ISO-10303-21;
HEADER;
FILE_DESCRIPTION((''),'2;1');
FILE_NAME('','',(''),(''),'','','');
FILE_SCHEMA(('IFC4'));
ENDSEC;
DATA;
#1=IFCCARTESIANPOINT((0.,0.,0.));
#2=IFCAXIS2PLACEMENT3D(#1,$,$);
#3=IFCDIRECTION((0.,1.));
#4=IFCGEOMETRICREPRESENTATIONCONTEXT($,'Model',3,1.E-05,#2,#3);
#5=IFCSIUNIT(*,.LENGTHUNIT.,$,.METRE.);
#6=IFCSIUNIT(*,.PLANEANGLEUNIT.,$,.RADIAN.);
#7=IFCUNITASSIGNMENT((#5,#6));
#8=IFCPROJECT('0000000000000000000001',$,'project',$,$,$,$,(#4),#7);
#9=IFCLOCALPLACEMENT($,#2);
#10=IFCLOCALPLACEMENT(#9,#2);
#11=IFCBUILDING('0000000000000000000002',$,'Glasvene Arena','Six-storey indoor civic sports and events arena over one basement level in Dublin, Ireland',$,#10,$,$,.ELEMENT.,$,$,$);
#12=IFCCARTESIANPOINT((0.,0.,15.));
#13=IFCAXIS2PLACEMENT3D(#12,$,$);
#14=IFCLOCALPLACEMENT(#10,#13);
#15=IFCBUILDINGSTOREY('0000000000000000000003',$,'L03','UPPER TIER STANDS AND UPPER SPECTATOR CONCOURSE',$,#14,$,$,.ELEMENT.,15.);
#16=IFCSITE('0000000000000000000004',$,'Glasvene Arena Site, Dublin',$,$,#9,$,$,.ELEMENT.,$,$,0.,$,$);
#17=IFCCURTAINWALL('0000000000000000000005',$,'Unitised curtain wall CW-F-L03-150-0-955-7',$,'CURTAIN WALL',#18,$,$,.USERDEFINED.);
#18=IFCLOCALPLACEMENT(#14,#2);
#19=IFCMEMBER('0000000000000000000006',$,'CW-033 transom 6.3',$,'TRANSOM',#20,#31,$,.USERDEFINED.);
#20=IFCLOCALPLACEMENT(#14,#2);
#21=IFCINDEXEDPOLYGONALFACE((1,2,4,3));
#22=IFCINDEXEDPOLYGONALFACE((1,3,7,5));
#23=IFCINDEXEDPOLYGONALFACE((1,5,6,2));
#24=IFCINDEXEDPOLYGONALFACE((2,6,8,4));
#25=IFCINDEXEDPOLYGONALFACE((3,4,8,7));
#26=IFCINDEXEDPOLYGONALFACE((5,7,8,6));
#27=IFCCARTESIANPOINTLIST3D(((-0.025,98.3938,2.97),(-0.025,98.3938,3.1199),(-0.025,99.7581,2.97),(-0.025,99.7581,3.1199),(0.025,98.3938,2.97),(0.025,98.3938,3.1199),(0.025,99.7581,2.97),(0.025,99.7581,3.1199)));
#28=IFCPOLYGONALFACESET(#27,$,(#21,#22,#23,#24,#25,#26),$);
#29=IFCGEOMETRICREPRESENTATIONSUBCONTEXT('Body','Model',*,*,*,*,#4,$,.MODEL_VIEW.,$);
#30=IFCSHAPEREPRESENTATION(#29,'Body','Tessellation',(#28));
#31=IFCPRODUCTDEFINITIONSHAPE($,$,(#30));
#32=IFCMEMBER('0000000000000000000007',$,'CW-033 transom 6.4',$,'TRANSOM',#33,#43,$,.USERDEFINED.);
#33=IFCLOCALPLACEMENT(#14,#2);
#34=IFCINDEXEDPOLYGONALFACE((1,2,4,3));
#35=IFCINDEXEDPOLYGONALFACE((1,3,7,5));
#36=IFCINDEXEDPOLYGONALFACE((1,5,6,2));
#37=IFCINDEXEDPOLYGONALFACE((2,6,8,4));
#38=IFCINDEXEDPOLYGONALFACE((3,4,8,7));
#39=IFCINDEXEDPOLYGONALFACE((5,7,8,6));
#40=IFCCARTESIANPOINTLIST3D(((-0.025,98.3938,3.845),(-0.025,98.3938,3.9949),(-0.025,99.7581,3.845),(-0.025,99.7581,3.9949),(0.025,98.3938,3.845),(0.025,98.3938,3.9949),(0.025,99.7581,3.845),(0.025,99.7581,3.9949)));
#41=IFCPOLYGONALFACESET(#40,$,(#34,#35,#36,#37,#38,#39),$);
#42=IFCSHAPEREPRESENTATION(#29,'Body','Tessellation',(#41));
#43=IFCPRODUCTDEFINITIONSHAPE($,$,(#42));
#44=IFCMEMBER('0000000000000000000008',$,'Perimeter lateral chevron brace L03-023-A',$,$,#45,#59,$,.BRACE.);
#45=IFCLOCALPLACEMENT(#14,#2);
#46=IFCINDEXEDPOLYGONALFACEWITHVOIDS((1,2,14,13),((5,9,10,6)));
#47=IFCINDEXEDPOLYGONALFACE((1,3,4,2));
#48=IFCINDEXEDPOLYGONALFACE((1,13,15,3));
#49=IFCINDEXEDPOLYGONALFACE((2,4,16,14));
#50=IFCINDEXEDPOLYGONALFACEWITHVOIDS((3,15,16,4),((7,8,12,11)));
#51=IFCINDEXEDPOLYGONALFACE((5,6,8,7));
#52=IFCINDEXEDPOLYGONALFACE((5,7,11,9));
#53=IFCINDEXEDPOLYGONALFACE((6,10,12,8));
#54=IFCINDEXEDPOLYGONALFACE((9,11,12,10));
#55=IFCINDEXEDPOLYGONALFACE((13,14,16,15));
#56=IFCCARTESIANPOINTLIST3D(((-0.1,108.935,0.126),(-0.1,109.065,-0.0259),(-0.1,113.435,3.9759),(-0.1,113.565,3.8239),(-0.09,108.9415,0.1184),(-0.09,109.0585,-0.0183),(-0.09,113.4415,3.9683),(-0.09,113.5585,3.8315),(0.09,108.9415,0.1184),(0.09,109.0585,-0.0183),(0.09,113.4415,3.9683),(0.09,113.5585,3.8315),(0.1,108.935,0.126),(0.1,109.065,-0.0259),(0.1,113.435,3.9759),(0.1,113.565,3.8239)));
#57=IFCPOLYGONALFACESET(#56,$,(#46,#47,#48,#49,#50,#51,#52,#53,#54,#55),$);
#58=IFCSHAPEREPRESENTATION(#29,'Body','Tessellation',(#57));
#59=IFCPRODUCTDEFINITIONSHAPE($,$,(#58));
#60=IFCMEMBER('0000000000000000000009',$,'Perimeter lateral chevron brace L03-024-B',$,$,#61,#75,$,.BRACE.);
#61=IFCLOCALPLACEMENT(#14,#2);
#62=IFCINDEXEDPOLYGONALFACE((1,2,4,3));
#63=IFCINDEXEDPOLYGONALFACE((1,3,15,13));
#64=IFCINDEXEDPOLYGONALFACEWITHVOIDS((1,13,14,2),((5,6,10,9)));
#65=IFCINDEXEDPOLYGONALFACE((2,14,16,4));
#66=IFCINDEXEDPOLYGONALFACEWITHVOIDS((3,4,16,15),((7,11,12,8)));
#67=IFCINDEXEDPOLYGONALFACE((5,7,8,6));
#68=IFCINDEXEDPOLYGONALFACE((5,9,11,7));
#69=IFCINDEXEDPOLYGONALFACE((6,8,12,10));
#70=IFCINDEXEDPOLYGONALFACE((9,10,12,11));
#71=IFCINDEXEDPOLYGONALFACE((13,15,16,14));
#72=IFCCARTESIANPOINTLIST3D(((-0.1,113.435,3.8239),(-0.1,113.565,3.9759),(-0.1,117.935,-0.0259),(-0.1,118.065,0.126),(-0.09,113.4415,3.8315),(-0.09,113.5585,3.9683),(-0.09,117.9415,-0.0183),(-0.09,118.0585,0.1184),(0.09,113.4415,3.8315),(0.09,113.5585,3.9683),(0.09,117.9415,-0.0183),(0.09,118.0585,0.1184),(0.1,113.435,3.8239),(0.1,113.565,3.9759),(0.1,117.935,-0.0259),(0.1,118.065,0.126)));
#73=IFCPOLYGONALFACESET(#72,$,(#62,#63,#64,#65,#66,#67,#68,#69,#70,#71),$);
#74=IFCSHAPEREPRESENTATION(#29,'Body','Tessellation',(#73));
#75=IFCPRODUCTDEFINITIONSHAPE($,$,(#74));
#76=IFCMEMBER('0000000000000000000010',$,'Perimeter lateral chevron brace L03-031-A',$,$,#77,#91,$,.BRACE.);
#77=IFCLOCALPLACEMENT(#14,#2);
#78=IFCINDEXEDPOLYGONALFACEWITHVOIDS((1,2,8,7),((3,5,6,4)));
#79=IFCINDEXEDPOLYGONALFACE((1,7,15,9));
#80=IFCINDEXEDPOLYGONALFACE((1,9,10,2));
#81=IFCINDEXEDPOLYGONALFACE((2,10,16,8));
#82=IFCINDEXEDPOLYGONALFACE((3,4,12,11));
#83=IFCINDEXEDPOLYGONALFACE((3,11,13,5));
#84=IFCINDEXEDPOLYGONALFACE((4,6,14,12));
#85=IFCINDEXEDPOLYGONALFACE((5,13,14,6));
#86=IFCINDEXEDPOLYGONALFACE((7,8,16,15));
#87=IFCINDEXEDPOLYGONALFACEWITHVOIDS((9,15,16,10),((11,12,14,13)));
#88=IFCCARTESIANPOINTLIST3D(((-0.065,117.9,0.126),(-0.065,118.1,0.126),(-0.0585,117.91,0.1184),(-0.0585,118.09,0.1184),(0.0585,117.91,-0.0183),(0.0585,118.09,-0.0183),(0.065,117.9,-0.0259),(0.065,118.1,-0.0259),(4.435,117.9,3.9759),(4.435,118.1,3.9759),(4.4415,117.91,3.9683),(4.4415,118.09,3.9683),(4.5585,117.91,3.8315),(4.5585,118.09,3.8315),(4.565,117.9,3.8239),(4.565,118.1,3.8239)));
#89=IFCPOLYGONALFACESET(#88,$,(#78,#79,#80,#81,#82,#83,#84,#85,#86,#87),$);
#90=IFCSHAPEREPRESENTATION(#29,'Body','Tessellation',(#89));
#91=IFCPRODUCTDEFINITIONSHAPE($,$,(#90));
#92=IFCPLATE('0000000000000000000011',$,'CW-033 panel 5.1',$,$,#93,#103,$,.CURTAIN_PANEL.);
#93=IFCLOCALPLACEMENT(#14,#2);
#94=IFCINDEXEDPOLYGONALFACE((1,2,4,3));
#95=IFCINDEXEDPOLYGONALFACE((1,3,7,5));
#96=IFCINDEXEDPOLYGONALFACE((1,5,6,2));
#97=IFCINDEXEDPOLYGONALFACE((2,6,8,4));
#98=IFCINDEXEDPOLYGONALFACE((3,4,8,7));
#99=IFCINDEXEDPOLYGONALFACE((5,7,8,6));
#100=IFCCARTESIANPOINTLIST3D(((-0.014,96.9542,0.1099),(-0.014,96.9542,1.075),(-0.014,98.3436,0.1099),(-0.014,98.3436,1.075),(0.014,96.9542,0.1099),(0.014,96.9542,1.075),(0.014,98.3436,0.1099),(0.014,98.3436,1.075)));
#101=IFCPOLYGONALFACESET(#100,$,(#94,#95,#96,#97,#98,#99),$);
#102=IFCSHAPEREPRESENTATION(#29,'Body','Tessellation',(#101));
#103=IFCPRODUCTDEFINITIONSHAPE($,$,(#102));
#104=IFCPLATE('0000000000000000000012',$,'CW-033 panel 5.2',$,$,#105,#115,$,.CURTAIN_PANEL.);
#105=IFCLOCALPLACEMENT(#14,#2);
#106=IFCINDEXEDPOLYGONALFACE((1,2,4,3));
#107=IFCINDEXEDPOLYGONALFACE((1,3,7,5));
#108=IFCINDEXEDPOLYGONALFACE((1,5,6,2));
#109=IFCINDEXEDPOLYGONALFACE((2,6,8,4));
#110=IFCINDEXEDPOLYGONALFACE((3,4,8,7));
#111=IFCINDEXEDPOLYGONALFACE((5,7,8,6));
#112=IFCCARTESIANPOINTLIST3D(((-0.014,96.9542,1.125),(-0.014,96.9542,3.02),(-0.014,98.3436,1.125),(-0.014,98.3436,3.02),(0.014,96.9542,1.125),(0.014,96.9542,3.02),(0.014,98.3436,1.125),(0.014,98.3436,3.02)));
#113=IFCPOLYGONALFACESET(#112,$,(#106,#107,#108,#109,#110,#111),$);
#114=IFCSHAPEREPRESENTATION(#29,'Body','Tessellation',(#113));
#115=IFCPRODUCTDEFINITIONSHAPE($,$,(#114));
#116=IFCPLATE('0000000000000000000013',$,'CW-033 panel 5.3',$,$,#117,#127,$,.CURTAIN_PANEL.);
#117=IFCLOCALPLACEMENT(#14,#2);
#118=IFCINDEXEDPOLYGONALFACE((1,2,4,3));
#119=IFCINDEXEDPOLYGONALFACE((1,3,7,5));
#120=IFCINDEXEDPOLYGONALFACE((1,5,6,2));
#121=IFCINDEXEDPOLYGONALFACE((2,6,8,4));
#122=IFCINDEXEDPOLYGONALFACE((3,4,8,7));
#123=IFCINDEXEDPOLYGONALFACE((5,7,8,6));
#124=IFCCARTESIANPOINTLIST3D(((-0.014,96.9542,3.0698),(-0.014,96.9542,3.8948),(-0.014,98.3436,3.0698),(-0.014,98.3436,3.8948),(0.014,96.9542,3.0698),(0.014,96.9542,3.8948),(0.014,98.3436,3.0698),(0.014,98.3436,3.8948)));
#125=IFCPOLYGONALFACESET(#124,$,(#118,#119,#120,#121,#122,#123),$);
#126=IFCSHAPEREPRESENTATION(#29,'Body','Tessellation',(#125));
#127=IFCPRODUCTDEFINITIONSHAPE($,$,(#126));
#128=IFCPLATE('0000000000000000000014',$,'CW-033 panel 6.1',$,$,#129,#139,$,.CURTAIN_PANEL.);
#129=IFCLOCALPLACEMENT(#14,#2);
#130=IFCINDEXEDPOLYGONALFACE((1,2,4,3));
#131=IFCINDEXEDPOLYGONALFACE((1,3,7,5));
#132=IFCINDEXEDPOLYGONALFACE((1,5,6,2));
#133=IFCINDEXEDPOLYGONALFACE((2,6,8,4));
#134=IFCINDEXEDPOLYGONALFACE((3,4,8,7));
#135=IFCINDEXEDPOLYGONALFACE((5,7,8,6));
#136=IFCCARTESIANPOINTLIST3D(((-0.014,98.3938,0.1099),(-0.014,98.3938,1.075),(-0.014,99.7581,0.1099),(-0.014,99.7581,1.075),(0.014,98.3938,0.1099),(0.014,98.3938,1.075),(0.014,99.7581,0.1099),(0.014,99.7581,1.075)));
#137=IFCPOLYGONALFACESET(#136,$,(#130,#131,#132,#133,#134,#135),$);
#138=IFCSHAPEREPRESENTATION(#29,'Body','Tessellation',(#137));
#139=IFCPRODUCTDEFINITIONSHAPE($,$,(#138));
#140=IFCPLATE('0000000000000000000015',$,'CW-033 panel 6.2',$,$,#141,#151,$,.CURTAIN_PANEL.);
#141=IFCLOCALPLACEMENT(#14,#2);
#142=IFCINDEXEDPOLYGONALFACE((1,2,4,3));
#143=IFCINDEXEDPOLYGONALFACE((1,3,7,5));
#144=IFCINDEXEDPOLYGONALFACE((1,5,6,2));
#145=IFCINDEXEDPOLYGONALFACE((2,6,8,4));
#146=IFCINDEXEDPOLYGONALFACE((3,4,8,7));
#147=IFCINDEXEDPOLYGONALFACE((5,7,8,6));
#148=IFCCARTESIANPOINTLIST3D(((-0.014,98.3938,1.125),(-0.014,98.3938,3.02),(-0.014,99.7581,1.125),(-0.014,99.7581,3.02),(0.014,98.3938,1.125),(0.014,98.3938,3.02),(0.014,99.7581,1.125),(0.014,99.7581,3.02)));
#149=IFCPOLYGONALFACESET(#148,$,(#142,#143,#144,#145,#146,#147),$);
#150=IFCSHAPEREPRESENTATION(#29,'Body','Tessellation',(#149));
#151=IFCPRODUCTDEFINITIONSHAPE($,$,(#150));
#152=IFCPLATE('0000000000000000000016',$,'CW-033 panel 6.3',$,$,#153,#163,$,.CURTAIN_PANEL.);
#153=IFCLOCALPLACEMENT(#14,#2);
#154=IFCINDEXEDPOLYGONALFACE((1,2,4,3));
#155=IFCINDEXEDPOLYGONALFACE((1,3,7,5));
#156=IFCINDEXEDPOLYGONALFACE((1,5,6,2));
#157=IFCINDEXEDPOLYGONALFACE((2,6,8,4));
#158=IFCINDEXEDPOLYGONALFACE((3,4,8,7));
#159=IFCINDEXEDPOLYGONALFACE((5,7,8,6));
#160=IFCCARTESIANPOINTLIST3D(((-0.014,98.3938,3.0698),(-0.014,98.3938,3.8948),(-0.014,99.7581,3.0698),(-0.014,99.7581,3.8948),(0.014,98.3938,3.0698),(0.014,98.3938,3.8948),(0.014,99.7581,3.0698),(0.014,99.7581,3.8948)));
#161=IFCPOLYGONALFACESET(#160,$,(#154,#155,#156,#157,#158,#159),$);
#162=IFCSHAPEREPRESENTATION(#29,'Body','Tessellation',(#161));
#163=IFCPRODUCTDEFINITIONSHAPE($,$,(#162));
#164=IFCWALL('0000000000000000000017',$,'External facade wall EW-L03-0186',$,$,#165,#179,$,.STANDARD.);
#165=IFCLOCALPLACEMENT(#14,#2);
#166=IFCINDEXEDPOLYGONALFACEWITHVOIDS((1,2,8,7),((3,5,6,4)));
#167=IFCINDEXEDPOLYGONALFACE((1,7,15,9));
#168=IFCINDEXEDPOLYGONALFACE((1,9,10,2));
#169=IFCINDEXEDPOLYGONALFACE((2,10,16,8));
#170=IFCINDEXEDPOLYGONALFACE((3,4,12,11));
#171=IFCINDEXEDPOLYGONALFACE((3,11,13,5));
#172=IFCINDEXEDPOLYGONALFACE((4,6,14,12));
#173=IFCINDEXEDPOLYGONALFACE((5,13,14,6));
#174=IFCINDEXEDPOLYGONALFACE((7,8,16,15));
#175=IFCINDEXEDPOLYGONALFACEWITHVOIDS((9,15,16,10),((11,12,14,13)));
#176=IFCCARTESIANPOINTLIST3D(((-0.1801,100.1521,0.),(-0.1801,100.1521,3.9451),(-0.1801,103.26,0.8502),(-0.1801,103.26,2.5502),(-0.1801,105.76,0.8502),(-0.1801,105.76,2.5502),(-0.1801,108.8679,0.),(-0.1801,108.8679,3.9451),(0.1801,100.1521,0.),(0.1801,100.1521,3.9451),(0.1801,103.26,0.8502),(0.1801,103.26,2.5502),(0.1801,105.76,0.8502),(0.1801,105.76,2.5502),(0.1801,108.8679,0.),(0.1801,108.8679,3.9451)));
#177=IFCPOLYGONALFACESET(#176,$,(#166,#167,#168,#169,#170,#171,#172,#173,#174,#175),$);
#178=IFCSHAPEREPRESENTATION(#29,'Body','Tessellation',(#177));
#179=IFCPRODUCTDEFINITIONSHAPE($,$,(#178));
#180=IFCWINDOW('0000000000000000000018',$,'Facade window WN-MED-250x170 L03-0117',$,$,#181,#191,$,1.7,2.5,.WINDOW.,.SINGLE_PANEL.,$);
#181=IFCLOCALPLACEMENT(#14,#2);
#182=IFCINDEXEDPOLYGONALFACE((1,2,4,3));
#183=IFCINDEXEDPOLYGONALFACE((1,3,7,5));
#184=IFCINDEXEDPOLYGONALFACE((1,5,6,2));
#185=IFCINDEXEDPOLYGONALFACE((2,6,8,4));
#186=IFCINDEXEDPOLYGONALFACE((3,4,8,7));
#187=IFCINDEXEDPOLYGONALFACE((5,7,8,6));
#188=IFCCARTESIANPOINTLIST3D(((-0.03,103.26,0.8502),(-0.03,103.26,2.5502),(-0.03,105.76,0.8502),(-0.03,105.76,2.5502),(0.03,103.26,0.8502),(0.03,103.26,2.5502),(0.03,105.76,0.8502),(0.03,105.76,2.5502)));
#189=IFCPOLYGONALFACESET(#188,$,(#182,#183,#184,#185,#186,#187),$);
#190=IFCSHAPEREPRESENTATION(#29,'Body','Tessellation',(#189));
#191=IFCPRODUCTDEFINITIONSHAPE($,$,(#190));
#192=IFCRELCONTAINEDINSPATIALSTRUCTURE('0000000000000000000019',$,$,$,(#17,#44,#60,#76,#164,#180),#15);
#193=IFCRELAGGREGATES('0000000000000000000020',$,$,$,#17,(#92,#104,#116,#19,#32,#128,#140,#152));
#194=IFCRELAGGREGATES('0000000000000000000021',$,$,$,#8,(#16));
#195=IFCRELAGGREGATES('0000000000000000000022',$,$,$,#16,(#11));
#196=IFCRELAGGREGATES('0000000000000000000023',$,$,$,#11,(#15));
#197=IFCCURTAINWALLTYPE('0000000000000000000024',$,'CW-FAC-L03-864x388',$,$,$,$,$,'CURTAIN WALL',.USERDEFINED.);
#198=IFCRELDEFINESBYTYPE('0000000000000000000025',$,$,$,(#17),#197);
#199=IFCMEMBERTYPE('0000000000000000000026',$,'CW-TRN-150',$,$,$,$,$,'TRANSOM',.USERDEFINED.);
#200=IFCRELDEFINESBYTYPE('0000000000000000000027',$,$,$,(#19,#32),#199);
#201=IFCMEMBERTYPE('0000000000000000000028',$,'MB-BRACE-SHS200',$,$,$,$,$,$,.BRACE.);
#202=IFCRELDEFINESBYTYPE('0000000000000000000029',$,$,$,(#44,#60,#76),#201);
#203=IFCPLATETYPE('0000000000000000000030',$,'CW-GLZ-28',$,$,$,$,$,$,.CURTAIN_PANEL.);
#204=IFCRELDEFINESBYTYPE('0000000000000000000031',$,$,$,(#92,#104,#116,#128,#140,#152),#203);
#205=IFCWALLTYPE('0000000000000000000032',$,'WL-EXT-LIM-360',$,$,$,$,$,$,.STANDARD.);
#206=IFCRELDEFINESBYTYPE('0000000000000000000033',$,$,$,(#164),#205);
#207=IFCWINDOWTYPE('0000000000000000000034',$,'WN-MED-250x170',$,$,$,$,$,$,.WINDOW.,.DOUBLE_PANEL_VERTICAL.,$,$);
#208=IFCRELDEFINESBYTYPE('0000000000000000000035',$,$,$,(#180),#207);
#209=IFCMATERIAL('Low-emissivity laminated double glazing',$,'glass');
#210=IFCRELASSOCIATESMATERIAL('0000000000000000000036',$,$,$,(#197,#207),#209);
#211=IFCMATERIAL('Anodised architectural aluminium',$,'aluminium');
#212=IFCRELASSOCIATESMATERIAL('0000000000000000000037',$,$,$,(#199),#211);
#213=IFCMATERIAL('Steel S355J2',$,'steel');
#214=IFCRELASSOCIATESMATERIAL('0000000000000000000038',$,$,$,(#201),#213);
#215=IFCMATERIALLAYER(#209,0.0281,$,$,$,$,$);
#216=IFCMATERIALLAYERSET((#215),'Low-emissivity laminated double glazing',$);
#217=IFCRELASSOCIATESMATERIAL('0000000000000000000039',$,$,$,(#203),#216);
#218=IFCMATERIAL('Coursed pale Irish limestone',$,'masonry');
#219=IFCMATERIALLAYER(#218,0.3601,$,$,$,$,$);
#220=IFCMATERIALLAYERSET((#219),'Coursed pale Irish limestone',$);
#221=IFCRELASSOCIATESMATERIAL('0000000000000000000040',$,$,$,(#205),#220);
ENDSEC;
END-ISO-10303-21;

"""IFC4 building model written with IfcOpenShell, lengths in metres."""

from ifc_helpers import new_model, si_unit, direction, frame, frame_2d, origin, origin_2d, place, context, subcontext, project, spatial, rectangle, hollow_rectangle, extrude, material, layer, layer_set, material_profile, profile_set, type_object, element, fill, aggregate, save


model = new_model("IFC4")

# Units and contexts
model_context = context("Model", 3, precision=1e-05, world=origin(), true_north=direction((0.0, 1.0)))
body_context = subcontext(model_context, "Body", "Model", "MODEL_VIEW")
ifc_project = project(units=[si_unit("LENGTHUNIT", "METRE"), si_unit("PLANEANGLEUNIT", "RADIAN")], contexts=[model_context])

# Site, building, storey
site_placement = place(None, origin())
site = spatial("IfcSite", under=ifc_project, at=site_placement, Name="Glasvene Arena Site, Dublin", CompositionType="ELEMENT", RefElevation=0.0)
building_placement = place(site_placement, origin())
building = spatial("IfcBuilding", under=site, at=building_placement, Name="Glasvene Arena", Description="Six-storey indoor civic sports and events arena over one basement level in Dublin, Ireland", CompositionType="ELEMENT")
storey_placement = place(building_placement, frame((0.0, 0.0, 15.0)))
storey = spatial("IfcBuildingStorey", under=building, at=storey_placement, Name="L03", Description="UPPER TIER STANDS AND UPPER SPECTATOR CONCOURSE", CompositionType="ELEMENT", Elevation=15.0)

# Shared definitions
ifc_material_1 = material(Name="Steel S355J2", Category="steel")

# Curtain wall, members
ifc_material_2 = material(Name="Low-emissivity laminated double glazing", Category="glass")
curtain_wall_type = type_object("IfcCurtainWallType", Name="CW-FAC-L03-864x388", ElementType="CURTAIN WALL", PredefinedType="USERDEFINED", material=ifc_material_2)
curtain_wall_placement = place(storey_placement, frame((0.0, 91.1721, 0.0)))
curtain_wall = element("IfcCurtainWall", 1, at=curtain_wall_placement, inside=storey, type_object=curtain_wall_type, Name="Unitised curtain wall CW-F-L03-150-0-955-7", ObjectType="CURTAIN WALL", PredefinedType="USERDEFINED")
ifc_material_3 = material(Name="Anodised architectural aluminium", Category="aluminium")
ifc_material_profile_1 = material_profile(ifc_material_3, rectangle(XDim=0.05, YDim=0.1499, at=origin_2d()), Name="ALU TRANSOM 50x150")
ifc_profile_set_1 = profile_set([ifc_material_profile_1], Name="Anodised architectural aluminium")
member_type_1 = type_object("IfcMemberType", Name="CW-TRN-150", ElementType="TRANSOM", PredefinedType="USERDEFINED", material=ifc_profile_set_1)
member_1_placement = place(storey_placement, frame((0.0, 98.3938, 3.0449), z_axis=(0.0, 1.0, 0.0), x_axis=(-1.0, 0.0, 0.0)))
member_1 = element("IfcMember", 2, at=member_1_placement, type_object=member_type_1, Name="CW-033 transom 6.3", ObjectType="TRANSOM", PredefinedType="USERDEFINED", context=body_context, shape_type="SweptSolid", body=[
    extrude(rectangle(XDim=0.05, YDim=0.1499, at=origin_2d()), origin(), (0.0, 0.0, 1.0), 1.3643),
])
member_2_placement = place(storey_placement, frame((0.0, 98.3938, 3.9199), z_axis=(0.0, 1.0, 0.0), x_axis=(-1.0, 0.0, 0.0)))
member_2 = element("IfcMember", 3, at=member_2_placement, type_object=member_type_1, Name="CW-033 transom 6.4", ObjectType="TRANSOM", PredefinedType="USERDEFINED", context=body_context, shape_type="SweptSolid", body=[
    extrude(rectangle(XDim=0.05, YDim=0.1499, at=origin_2d()), origin(), (0.0, 0.0, 1.0), 1.3643),
])

# Members
ifc_material_profile_2 = material_profile(ifc_material_1, hollow_rectangle(XDim=0.2, YDim=0.2, WallThickness=0.01, at=origin_2d()), Name="SHS 200x200x10.0")
ifc_profile_set_2 = profile_set([ifc_material_profile_2], Name="Steel S355J2")
member_type_2 = type_object("IfcMemberType", Name="MB-BRACE-SHS200", PredefinedType="BRACE", material=ifc_profile_set_2)
for number, where, z_axis, x_axis, name in (
    (4, (0.0, 109.0, 0.05), (0.0, 0.759864, 0.650082), (-1.0, 0.0, 0.0), "Perimeter lateral chevron brace L03-023-A"),
    (5, (0.0, 118.0, 0.05), (0.0, -0.759864, 0.650082), (1.0, 0.0, 0.0), "Perimeter lateral chevron brace L03-024-B"),
    (6, (0.0, 118.0, 0.05), (0.759864, 0.0, 0.650082), (0.0, 1.0, 0.0), "Perimeter lateral chevron brace L03-031-A"),
):
    element("IfcMember", number, at=place(storey_placement, frame(where, z_axis=z_axis, x_axis=x_axis)), inside=storey, type_object=member_type_2, Name=name, PredefinedType="BRACE", context=body_context, shape_type="SweptSolid", body=[
        extrude(hollow_rectangle(XDim=0.2, YDim=0.2, WallThickness=0.01, at=origin_2d()), origin(), (0.0, 0.0, 1.0), 5.9221),
    ])

# Plates
ifc_layer_1 = layer(ifc_material_2, 0.0281)
ifc_layer_set_1 = layer_set([ifc_layer_1], Name="Low-emissivity laminated double glazing")
plate_type = type_object("IfcPlateType", Name="CW-GLZ-28", PredefinedType="CURTAIN_PANEL", material=ifc_layer_set_1)
plate_1_placement = place(storey_placement, frame((0.0, 97.6489, 0.1099), z_axis=(0.0, 0.0, 1.0), x_axis=(0.0, 1.0, 0.0)))
plate_1 = element("IfcPlate", 7, at=plate_1_placement, type_object=plate_type, Name="CW-033 panel 5.1", PredefinedType="CURTAIN_PANEL", context=body_context, shape_type="SweptSolid", body=[
    extrude(rectangle(XDim=1.3894, YDim=0.0281, at=origin_2d()), origin(), (0.0, 0.0, 1.0), 0.9651),
])
plate_2_placement = place(storey_placement, frame((0.0, 97.6489, 1.125), z_axis=(0.0, 0.0, 1.0), x_axis=(0.0, 1.0, 0.0)))
plate_2 = element("IfcPlate", 8, at=plate_2_placement, type_object=plate_type, Name="CW-033 panel 5.2", PredefinedType="CURTAIN_PANEL", context=body_context, shape_type="SweptSolid", body=[
    extrude(rectangle(XDim=1.3894, YDim=0.0281, at=origin_2d()), origin(), (0.0, 0.0, 1.0), 1.895),
])
plate_3_placement = place(storey_placement, frame((0.0, 97.6489, 3.0698), z_axis=(0.0, 0.0, 1.0), x_axis=(0.0, 1.0, 0.0)))
plate_3 = element("IfcPlate", 9, at=plate_3_placement, type_object=plate_type, Name="CW-033 panel 5.3", PredefinedType="CURTAIN_PANEL", context=body_context, shape_type="SweptSolid", body=[
    extrude(rectangle(XDim=1.3894, YDim=0.0281, at=origin_2d()), origin(), (0.0, 0.0, 1.0), 0.825),
])
plate_4_placement = place(storey_placement, frame((0.0, 99.0759, 0.1099), z_axis=(0.0, 0.0, 1.0), x_axis=(0.0, 1.0, 0.0)))
plate_4 = element("IfcPlate", 10, at=plate_4_placement, type_object=plate_type, Name="CW-033 panel 6.1", PredefinedType="CURTAIN_PANEL", context=body_context, shape_type="SweptSolid", body=[
    extrude(rectangle(XDim=1.3643, YDim=0.0281, at=origin_2d()), origin(), (0.0, 0.0, 1.0), 0.9651),
])
plate_5_placement = place(storey_placement, frame((0.0, 99.0759, 1.125), z_axis=(0.0, 0.0, 1.0), x_axis=(0.0, 1.0, 0.0)))
plate_5 = element("IfcPlate", 11, at=plate_5_placement, type_object=plate_type, Name="CW-033 panel 6.2", PredefinedType="CURTAIN_PANEL", context=body_context, shape_type="SweptSolid", body=[
    extrude(rectangle(XDim=1.3643, YDim=0.0281, at=origin_2d()), origin(), (0.0, 0.0, 1.0), 1.895),
])
plate_6_placement = place(storey_placement, frame((0.0, 99.0759, 3.0698), z_axis=(0.0, 0.0, 1.0), x_axis=(0.0, 1.0, 0.0)))
plate_6 = element("IfcPlate", 12, at=plate_6_placement, type_object=plate_type, Name="CW-033 panel 6.3", PredefinedType="CURTAIN_PANEL", context=body_context, shape_type="SweptSolid", body=[
    extrude(rectangle(XDim=1.3643, YDim=0.0281, at=origin_2d()), origin(), (0.0, 0.0, 1.0), 0.825),
])
aggregate(curtain_wall, [plate_1, plate_2, plate_3, member_1, member_2, plate_4, plate_5, plate_6])

# Wall, opening, window
ifc_material_4 = material(Name="Coursed pale Irish limestone", Category="masonry")
ifc_layer_2 = layer(ifc_material_4, 0.3601)
ifc_layer_set_2 = layer_set([ifc_layer_2], Name="Coursed pale Irish limestone")
wall_type_1 = type_object("IfcWallType", Name="WL-EXT-LIM-360", PredefinedType="STANDARD", material=ifc_layer_set_2)
wall_1_placement = place(storey_placement, frame((0.0, 100.1521, 0.0), z_axis=(0.0, 0.0, 1.0), x_axis=(0.0, 1.0, 0.0)))
wall_1 = element("IfcWall", 13, at=wall_1_placement, inside=storey, type_object=wall_type_1, Name="External facade wall EW-L03-0186", PredefinedType="STANDARD", context=body_context, shape_type="SweptSolid", body=[
    extrude(rectangle(XDim=8.7158, YDim=0.3601, at=frame_2d((4.3579, 0.0))), origin(), (0.0, 0.0, 1.0), 3.9451),
])
opening_placement = place(wall_1_placement, frame((3.1079, 0.0, 0.8501)))
opening = element("IfcOpeningElement", 14, at=opening_placement, cuts=wall_1, PredefinedType="OPENING", context=body_context, shape_type="SweptSolid", body=[
    extrude(rectangle(XDim=2.5, YDim=1.7, at=frame_2d((1.25, 0.8501))), frame((0.0, 0.1899, 0.0), z_axis=(0.0, -1.0, 0.0), x_axis=(1.0, 0.0, 0.0)), (0.0, 0.0, 1.0), 0.3801),
])
window_type = type_object("IfcWindowType", Name="WN-MED-250x170", PartitioningType="DOUBLE_PANEL_VERTICAL", PredefinedType="WINDOW", material=ifc_material_2)
window_placement = place(opening_placement, origin())
window = element("IfcWindow", 15, at=window_placement, inside=storey, type_object=window_type, Name="Facade window WN-MED-250x170 L03-0117", OverallHeight=1.7, OverallWidth=2.5, PartitioningType="SINGLE_PANEL", PredefinedType="WINDOW", context=body_context, shape_type="SweptSolid", body=[
    extrude(rectangle(XDim=2.5, YDim=1.7, at=frame_2d((1.25, 0.8501))), frame((0.0, 0.03, 0.0), z_axis=(0.0, -1.0, 0.0), x_axis=(1.0, 0.0, 0.0)), (0.0, 0.0, 1.0), 0.0601),
])
fill(opening, window)

save(model, "model.ifc")
